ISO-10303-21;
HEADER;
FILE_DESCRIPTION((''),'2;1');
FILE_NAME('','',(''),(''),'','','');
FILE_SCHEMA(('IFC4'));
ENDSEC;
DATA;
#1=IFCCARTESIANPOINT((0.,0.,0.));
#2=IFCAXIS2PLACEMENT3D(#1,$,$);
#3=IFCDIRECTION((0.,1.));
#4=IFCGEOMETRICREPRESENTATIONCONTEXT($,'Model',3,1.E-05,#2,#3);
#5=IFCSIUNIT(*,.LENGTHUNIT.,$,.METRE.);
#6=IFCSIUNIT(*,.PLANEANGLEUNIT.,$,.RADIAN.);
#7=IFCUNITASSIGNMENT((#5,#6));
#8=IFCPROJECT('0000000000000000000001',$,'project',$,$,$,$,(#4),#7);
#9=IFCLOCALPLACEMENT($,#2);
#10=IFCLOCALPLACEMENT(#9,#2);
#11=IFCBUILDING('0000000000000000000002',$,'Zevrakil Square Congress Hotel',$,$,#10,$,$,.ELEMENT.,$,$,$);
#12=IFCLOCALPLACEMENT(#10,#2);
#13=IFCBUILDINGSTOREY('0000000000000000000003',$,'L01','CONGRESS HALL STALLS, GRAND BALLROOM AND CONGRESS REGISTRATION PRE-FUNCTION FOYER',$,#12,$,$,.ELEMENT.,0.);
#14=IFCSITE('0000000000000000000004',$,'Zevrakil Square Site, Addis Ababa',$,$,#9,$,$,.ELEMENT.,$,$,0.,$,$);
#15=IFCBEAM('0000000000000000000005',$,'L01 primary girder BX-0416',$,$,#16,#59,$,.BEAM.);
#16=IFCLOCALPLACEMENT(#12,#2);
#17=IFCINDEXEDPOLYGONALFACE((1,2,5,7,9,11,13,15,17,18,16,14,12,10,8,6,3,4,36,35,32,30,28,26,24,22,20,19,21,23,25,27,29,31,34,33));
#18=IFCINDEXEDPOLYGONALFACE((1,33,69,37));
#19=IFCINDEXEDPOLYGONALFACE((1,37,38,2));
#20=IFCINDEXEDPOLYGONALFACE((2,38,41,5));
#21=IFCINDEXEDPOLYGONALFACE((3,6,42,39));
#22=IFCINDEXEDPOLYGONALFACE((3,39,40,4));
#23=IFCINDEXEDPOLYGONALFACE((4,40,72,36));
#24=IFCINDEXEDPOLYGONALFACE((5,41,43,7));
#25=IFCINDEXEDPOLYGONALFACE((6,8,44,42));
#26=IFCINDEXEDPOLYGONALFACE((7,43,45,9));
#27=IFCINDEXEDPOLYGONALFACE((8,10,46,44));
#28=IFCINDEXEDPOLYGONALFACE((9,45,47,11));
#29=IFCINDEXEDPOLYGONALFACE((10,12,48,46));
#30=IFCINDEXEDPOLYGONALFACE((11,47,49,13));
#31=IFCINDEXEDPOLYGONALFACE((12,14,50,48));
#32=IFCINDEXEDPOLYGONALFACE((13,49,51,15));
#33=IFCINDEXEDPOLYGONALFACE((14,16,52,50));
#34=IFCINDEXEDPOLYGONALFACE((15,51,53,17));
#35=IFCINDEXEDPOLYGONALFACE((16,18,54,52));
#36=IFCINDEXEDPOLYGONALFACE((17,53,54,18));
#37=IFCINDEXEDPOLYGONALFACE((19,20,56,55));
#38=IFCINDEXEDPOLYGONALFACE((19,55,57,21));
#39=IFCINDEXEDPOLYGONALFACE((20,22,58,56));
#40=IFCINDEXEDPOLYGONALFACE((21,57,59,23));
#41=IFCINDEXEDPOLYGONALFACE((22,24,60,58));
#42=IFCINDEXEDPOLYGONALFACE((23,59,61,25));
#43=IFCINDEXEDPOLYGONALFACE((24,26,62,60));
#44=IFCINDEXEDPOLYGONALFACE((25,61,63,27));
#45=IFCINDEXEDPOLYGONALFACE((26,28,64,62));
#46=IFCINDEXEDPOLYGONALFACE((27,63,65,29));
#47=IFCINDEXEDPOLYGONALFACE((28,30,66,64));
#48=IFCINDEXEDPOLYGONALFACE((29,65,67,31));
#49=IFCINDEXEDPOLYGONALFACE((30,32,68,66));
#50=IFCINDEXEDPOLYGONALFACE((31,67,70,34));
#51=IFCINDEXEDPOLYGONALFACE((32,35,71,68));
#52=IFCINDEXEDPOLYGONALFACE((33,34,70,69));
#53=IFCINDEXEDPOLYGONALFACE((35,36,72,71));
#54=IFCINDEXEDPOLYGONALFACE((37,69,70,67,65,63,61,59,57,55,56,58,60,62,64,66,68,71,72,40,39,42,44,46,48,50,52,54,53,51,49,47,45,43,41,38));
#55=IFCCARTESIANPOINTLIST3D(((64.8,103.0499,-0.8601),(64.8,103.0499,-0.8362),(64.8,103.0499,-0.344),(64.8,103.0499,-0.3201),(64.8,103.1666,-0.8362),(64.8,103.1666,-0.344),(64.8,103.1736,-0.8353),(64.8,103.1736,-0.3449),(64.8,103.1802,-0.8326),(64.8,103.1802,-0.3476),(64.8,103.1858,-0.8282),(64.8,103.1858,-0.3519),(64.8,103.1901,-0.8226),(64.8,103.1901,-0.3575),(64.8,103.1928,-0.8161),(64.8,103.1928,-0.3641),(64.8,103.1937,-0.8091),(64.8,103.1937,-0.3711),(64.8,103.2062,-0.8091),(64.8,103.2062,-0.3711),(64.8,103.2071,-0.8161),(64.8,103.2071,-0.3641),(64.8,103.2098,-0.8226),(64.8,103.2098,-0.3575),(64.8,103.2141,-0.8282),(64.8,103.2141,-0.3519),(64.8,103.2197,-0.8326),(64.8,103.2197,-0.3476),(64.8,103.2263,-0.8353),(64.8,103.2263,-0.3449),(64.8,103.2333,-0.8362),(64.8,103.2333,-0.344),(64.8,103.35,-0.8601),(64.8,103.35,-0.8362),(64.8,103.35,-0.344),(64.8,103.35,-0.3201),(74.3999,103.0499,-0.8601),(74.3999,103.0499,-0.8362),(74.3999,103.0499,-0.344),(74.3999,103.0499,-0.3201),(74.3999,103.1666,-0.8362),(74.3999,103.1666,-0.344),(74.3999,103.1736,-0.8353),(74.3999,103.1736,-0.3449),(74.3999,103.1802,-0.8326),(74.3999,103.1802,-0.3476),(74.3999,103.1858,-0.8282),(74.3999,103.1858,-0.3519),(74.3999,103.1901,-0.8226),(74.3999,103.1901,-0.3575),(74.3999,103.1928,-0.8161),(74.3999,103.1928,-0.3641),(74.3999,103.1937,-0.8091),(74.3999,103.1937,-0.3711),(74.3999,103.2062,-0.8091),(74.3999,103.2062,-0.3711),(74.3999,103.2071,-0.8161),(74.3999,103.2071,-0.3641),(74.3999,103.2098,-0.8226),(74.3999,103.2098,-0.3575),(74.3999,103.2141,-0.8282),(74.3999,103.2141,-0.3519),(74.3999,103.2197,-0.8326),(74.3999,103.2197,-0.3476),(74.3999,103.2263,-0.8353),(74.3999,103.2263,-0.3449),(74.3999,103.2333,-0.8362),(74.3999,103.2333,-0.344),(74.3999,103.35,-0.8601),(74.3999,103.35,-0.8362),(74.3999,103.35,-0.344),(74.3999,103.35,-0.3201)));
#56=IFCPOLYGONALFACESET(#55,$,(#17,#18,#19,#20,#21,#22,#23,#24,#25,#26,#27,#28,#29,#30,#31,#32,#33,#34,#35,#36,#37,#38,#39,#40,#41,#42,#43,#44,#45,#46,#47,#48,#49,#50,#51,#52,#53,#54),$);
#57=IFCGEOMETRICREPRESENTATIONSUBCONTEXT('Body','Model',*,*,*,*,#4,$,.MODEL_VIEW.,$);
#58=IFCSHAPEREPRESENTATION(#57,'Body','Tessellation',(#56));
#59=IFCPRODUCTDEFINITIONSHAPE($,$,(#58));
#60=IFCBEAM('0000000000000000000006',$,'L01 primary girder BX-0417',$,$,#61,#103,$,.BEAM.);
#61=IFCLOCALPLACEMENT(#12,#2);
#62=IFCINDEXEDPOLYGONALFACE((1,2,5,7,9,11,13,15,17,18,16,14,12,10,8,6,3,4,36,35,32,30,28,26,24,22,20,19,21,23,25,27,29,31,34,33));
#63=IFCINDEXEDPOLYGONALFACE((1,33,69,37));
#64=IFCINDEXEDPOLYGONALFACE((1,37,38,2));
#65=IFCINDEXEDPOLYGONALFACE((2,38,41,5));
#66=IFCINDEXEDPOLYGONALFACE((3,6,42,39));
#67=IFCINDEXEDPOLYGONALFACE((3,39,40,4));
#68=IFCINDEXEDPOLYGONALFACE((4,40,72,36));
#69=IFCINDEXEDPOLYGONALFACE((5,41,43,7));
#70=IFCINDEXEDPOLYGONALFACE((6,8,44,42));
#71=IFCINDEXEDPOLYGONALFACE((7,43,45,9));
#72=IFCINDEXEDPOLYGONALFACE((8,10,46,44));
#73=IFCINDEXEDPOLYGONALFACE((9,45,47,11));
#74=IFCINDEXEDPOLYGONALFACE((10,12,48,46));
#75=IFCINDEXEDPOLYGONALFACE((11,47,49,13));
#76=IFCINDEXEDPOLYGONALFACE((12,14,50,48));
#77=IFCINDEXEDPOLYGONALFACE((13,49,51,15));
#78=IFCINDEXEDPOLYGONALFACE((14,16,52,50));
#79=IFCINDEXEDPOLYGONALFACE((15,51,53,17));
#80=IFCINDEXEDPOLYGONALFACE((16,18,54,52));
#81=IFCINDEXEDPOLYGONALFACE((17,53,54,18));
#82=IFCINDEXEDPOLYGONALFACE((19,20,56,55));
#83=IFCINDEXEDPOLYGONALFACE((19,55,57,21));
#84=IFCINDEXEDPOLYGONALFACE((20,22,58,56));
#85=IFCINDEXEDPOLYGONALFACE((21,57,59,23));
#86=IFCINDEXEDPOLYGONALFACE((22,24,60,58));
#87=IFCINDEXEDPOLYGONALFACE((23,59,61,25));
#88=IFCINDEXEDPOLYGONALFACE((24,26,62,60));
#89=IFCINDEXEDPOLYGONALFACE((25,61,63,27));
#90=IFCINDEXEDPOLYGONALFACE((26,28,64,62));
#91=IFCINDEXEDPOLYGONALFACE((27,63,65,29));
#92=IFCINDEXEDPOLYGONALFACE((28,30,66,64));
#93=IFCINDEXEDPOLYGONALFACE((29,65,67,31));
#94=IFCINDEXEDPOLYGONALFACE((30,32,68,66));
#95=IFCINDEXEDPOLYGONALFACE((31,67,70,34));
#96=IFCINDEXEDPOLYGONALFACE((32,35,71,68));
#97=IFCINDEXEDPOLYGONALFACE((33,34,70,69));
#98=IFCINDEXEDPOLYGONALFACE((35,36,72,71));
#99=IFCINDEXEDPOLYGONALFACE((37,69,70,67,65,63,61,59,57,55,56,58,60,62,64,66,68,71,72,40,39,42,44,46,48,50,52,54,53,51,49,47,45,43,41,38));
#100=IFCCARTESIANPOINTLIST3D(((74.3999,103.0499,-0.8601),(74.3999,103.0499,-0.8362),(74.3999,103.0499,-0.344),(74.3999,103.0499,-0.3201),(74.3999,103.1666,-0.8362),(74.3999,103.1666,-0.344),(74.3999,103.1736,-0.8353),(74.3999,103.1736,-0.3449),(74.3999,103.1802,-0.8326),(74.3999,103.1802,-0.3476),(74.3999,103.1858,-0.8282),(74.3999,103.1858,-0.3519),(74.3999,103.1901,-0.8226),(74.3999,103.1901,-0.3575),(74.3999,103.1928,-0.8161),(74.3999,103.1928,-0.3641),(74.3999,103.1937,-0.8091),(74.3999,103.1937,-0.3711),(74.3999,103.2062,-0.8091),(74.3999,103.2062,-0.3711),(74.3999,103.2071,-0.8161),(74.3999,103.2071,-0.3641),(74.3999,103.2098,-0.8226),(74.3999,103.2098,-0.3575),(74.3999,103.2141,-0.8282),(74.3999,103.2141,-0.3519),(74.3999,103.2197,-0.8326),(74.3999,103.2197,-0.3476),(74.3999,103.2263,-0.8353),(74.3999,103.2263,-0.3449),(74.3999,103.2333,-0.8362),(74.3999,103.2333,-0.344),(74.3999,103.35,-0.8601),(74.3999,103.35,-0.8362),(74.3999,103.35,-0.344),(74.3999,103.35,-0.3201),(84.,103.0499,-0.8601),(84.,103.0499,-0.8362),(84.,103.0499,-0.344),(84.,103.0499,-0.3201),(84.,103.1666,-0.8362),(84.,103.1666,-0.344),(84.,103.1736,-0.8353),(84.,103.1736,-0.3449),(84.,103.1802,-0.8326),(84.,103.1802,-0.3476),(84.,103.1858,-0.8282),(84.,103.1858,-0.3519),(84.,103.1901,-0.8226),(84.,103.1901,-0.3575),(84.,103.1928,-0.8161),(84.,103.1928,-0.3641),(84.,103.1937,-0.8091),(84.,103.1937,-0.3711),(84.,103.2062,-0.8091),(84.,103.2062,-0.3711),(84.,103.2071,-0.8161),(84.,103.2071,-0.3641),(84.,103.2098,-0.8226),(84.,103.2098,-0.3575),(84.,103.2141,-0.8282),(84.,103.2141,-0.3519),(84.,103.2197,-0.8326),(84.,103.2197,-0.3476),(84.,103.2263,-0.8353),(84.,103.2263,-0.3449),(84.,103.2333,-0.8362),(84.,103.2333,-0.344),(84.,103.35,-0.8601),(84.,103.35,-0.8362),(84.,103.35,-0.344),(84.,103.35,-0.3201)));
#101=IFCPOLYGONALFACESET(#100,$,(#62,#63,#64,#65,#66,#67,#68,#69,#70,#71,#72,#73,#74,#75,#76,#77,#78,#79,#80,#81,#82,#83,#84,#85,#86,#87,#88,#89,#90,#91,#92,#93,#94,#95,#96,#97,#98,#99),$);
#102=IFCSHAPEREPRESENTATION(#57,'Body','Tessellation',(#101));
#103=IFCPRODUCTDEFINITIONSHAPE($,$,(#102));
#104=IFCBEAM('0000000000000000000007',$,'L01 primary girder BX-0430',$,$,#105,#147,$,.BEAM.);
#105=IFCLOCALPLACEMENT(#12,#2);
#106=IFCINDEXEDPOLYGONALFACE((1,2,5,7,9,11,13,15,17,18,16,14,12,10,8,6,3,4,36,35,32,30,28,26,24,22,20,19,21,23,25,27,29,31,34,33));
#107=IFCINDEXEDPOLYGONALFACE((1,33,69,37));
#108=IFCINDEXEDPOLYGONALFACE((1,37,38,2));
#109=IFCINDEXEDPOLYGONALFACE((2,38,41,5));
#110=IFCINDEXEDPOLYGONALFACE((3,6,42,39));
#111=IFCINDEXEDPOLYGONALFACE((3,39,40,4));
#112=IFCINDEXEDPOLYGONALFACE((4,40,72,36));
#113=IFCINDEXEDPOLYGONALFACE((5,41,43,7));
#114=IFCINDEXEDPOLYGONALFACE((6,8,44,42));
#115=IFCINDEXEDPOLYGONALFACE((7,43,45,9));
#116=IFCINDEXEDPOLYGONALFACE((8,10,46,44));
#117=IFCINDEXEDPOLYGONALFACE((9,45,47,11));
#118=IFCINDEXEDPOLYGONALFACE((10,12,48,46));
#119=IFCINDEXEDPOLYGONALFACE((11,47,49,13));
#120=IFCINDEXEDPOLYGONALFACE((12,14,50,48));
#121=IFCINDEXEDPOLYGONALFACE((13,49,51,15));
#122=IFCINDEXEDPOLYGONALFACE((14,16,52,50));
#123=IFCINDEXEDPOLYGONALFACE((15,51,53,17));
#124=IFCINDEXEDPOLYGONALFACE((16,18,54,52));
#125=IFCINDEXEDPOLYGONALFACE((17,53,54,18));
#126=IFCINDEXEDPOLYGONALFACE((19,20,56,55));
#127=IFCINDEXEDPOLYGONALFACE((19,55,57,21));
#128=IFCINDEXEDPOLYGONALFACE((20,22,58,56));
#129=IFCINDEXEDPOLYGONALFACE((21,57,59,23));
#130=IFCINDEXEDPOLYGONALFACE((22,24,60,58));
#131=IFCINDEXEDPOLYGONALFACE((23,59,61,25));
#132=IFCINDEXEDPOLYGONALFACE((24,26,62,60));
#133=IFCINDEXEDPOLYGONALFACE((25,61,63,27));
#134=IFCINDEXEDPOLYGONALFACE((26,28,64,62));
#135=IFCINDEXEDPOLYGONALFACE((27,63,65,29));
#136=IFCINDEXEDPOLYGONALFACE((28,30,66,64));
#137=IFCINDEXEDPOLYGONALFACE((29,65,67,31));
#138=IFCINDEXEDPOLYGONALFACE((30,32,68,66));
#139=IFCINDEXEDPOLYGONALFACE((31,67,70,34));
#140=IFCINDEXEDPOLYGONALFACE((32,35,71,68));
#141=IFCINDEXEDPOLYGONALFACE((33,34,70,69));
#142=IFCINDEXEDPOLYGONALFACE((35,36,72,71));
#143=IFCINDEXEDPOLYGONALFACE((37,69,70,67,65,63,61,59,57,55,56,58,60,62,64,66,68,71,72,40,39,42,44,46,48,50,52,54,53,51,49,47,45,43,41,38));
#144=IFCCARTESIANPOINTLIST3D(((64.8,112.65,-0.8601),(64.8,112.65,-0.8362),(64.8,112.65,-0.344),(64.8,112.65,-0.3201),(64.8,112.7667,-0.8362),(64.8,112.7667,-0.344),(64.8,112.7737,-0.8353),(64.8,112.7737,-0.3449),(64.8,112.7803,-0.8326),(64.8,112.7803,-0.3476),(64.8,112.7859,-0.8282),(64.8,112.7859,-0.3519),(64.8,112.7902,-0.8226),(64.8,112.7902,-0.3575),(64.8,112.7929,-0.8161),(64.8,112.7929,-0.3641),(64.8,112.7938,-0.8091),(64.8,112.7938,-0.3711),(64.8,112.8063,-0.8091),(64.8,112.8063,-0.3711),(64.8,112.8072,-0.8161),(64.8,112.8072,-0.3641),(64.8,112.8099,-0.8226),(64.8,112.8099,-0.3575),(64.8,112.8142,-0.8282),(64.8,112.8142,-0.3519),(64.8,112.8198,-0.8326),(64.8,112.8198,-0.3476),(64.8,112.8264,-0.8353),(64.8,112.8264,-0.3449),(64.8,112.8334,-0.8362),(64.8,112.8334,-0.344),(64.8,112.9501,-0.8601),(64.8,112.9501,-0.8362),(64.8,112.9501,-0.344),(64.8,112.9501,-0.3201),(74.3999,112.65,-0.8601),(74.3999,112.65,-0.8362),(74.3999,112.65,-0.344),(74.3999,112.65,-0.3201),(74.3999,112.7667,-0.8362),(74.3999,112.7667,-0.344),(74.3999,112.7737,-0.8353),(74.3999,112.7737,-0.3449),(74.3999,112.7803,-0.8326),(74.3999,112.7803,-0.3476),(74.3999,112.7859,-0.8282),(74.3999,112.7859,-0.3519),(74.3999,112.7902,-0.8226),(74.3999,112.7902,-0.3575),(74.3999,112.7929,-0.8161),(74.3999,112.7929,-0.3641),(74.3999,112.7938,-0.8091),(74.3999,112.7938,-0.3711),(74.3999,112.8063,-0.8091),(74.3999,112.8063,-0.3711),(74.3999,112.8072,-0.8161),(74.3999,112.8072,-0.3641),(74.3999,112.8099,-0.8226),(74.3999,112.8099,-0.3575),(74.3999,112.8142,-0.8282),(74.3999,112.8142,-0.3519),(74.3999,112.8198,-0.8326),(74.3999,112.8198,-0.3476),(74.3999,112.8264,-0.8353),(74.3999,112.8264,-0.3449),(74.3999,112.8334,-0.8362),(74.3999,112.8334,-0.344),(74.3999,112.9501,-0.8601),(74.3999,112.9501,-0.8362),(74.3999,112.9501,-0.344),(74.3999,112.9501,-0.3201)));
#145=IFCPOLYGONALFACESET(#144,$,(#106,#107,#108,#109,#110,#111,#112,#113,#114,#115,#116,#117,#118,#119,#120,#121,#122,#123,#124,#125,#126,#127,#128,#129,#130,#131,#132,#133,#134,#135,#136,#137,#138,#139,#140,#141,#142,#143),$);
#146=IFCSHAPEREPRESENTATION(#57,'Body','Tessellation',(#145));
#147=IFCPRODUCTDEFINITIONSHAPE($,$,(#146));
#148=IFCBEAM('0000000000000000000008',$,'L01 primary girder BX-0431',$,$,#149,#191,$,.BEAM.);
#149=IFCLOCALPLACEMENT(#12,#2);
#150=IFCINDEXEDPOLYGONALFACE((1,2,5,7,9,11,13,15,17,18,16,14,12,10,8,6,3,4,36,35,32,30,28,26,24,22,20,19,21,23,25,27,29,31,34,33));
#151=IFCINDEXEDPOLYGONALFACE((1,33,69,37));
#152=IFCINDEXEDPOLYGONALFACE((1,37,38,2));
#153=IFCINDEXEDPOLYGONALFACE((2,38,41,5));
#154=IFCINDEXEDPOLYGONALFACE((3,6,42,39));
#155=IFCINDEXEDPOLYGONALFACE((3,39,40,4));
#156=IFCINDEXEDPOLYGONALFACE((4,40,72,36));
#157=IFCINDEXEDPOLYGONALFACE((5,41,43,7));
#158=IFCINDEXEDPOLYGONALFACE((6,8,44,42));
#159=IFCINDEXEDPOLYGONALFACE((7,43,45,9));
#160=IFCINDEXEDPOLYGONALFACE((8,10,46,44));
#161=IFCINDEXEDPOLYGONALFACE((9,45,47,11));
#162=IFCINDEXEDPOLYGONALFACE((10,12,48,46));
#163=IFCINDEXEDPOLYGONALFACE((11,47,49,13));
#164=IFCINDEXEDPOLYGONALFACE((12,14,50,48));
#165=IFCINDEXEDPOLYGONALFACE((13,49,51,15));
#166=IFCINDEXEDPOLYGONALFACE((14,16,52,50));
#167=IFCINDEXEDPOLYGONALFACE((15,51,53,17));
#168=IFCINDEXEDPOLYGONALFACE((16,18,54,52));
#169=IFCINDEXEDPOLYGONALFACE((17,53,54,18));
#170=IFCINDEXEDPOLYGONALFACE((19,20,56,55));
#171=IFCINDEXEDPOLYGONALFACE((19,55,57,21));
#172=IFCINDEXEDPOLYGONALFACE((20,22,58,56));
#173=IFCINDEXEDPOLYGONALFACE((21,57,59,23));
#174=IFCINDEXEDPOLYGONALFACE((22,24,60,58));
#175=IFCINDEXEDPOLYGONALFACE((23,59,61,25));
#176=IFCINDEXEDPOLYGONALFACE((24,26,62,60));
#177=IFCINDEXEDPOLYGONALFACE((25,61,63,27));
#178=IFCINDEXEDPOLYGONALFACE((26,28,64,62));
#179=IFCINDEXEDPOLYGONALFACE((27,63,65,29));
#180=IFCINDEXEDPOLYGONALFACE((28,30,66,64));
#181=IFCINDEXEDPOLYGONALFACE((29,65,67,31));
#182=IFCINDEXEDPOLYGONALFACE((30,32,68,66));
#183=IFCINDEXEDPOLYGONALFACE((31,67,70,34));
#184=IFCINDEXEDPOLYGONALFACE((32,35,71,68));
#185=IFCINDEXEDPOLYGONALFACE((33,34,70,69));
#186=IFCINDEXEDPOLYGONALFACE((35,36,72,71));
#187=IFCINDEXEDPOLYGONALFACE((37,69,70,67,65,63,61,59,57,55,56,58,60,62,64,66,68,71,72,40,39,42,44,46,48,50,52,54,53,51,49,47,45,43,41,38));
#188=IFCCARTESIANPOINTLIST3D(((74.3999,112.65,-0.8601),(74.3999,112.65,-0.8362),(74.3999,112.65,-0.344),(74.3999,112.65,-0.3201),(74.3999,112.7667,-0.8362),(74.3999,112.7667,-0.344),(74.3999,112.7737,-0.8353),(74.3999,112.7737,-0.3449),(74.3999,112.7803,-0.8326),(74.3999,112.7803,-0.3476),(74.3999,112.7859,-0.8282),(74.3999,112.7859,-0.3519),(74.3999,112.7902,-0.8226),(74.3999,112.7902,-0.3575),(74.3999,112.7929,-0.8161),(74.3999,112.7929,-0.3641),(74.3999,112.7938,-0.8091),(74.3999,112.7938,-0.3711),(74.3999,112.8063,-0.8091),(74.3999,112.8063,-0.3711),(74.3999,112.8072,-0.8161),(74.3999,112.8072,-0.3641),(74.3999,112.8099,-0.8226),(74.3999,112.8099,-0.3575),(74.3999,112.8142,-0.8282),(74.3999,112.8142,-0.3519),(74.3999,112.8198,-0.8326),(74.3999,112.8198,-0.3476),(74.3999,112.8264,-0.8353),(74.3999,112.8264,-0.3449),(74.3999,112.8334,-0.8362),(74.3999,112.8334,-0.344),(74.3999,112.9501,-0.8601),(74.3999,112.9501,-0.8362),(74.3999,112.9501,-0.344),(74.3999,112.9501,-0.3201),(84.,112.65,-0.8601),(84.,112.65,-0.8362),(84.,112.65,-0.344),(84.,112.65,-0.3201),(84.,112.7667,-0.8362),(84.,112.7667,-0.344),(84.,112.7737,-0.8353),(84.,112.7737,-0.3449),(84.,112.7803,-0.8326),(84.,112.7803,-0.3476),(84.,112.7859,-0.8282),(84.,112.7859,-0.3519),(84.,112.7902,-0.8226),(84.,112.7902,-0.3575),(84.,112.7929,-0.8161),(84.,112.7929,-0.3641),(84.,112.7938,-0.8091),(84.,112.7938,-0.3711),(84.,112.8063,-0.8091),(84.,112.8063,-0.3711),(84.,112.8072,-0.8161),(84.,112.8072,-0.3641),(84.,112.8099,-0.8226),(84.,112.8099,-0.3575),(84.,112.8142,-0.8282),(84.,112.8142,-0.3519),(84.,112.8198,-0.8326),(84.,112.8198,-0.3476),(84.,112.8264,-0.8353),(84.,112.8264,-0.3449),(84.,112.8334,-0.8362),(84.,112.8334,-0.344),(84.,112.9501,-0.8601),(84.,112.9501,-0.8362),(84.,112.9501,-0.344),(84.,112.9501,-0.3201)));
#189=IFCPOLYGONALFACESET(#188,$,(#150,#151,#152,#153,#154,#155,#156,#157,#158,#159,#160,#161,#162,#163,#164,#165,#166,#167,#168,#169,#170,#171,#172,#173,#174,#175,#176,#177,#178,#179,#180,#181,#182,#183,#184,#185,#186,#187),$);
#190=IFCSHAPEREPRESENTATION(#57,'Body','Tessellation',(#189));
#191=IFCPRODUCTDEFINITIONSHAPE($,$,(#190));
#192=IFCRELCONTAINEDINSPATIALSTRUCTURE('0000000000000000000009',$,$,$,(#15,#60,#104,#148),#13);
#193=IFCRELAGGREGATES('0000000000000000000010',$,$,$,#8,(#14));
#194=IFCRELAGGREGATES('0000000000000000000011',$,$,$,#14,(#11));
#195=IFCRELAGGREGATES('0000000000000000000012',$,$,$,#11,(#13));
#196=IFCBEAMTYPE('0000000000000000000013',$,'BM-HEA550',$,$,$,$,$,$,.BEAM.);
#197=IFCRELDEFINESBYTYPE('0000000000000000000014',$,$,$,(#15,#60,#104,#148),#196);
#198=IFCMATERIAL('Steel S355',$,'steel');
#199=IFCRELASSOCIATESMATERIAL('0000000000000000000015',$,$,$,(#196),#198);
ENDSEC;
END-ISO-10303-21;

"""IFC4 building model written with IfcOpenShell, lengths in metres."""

from ifc_helpers import new_model, si_unit, direction, frame, origin, origin_2d, place, context, subcontext, project, spatial, i_section, extrude, material, material_profile, profile_set, type_object, element, save


model = new_model("IFC4")

# Units and contexts
model_context = context("Model", 3, precision=1e-05, world=origin(), true_north=direction((0.0, 1.0)))
body_context = subcontext(model_context, "Body", "Model", "MODEL_VIEW")
ifc_project = project(units=[si_unit("LENGTHUNIT", "METRE"), si_unit("PLANEANGLEUNIT", "RADIAN")], contexts=[model_context])

# Site, building, storey
site_placement = place(None, origin())
site = spatial("IfcSite", under=ifc_project, at=site_placement, Name="Zevrakil Square Site, Addis Ababa", CompositionType="ELEMENT", RefElevation=0.0)
building_placement = place(site_placement, origin())
building = spatial("IfcBuilding", under=site, at=building_placement, Name="Zevrakil Square Congress Hotel", CompositionType="ELEMENT")
storey_placement = place(building_placement, origin())
storey = spatial("IfcBuildingStorey", under=building, at=storey_placement, Name="L01", Description="CONGRESS HALL STALLS, GRAND BALLROOM AND CONGRESS REGISTRATION PRE-FUNCTION FOYER", CompositionType="ELEMENT", Elevation=0.0)

# Beams
ifc_material_1 = material(Name="Steel S355", Category="steel")
ifc_material_profile_1 = material_profile(ifc_material_1, i_section(OverallWidth=0.3, OverallDepth=0.54, WebThickness=0.0125, FlangeThickness=0.0239, FilletRadius=0.0271, at=origin_2d()), Name="HEA 550")
ifc_profile_set_1 = profile_set([ifc_material_profile_1], Name="Steel S355")
beam_type_1 = type_object("IfcBeamType", Name="BM-HEA550", PredefinedType="BEAM", material=ifc_profile_set_1)
beam_1_placement = place(storey_placement, frame((64.8, 103.2, -0.5901), z_axis=(1.0, 0.0, 0.0), x_axis=(0.0, 1.0, 0.0)))
element("IfcBeam", 1, at=beam_1_placement, inside=storey, type_object=beam_type_1, Name="L01 primary girder BX-0416", PredefinedType="BEAM", context=body_context, shape_type="SweptSolid", body=[
    extrude(i_section(OverallWidth=0.3, OverallDepth=0.54, WebThickness=0.0125, FlangeThickness=0.0239, FilletRadius=0.0271, at=origin_2d()), origin(), (0.0, 0.0, 1.0), 9.5999),
])
beam_2_placement = place(storey_placement, frame((74.3999, 103.2, -0.5901), z_axis=(1.0, 0.0, 0.0), x_axis=(0.0, 1.0, 0.0)))
element("IfcBeam", 2, at=beam_2_placement, inside=storey, type_object=beam_type_1, Name="L01 primary girder BX-0417", PredefinedType="BEAM", context=body_context, shape_type="SweptSolid", body=[
    extrude(i_section(OverallWidth=0.3, OverallDepth=0.54, WebThickness=0.0125, FlangeThickness=0.0239, FilletRadius=0.0271, at=origin_2d()), origin(), (0.0, 0.0, 1.0), 9.6001),
])
beam_3_placement = place(storey_placement, frame((64.8, 112.8, -0.5901), z_axis=(1.0, 0.0, 0.0), x_axis=(0.0, 1.0, 0.0)))
element("IfcBeam", 3, at=beam_3_placement, inside=storey, type_object=beam_type_1, Name="L01 primary girder BX-0430", PredefinedType="BEAM", context=body_context, shape_type="SweptSolid", body=[
    extrude(i_section(OverallWidth=0.3, OverallDepth=0.54, WebThickness=0.0125, FlangeThickness=0.0239, FilletRadius=0.0271, at=origin_2d()), origin(), (0.0, 0.0, 1.0), 9.5999),
])
beam_4_placement = place(storey_placement, frame((74.3999, 112.8, -0.5901), z_axis=(1.0, 0.0, 0.0), x_axis=(0.0, 1.0, 0.0)))
element("IfcBeam", 4, at=beam_4_placement, inside=storey, type_object=beam_type_1, Name="L01 primary girder BX-0431", PredefinedType="BEAM", context=body_context, shape_type="SweptSolid", body=[
    extrude(i_section(OverallWidth=0.3, OverallDepth=0.54, WebThickness=0.0125, FlangeThickness=0.0239, FilletRadius=0.0271, at=origin_2d()), origin(), (0.0, 0.0, 1.0), 9.6001),
])

save(model, "model.ifc")
